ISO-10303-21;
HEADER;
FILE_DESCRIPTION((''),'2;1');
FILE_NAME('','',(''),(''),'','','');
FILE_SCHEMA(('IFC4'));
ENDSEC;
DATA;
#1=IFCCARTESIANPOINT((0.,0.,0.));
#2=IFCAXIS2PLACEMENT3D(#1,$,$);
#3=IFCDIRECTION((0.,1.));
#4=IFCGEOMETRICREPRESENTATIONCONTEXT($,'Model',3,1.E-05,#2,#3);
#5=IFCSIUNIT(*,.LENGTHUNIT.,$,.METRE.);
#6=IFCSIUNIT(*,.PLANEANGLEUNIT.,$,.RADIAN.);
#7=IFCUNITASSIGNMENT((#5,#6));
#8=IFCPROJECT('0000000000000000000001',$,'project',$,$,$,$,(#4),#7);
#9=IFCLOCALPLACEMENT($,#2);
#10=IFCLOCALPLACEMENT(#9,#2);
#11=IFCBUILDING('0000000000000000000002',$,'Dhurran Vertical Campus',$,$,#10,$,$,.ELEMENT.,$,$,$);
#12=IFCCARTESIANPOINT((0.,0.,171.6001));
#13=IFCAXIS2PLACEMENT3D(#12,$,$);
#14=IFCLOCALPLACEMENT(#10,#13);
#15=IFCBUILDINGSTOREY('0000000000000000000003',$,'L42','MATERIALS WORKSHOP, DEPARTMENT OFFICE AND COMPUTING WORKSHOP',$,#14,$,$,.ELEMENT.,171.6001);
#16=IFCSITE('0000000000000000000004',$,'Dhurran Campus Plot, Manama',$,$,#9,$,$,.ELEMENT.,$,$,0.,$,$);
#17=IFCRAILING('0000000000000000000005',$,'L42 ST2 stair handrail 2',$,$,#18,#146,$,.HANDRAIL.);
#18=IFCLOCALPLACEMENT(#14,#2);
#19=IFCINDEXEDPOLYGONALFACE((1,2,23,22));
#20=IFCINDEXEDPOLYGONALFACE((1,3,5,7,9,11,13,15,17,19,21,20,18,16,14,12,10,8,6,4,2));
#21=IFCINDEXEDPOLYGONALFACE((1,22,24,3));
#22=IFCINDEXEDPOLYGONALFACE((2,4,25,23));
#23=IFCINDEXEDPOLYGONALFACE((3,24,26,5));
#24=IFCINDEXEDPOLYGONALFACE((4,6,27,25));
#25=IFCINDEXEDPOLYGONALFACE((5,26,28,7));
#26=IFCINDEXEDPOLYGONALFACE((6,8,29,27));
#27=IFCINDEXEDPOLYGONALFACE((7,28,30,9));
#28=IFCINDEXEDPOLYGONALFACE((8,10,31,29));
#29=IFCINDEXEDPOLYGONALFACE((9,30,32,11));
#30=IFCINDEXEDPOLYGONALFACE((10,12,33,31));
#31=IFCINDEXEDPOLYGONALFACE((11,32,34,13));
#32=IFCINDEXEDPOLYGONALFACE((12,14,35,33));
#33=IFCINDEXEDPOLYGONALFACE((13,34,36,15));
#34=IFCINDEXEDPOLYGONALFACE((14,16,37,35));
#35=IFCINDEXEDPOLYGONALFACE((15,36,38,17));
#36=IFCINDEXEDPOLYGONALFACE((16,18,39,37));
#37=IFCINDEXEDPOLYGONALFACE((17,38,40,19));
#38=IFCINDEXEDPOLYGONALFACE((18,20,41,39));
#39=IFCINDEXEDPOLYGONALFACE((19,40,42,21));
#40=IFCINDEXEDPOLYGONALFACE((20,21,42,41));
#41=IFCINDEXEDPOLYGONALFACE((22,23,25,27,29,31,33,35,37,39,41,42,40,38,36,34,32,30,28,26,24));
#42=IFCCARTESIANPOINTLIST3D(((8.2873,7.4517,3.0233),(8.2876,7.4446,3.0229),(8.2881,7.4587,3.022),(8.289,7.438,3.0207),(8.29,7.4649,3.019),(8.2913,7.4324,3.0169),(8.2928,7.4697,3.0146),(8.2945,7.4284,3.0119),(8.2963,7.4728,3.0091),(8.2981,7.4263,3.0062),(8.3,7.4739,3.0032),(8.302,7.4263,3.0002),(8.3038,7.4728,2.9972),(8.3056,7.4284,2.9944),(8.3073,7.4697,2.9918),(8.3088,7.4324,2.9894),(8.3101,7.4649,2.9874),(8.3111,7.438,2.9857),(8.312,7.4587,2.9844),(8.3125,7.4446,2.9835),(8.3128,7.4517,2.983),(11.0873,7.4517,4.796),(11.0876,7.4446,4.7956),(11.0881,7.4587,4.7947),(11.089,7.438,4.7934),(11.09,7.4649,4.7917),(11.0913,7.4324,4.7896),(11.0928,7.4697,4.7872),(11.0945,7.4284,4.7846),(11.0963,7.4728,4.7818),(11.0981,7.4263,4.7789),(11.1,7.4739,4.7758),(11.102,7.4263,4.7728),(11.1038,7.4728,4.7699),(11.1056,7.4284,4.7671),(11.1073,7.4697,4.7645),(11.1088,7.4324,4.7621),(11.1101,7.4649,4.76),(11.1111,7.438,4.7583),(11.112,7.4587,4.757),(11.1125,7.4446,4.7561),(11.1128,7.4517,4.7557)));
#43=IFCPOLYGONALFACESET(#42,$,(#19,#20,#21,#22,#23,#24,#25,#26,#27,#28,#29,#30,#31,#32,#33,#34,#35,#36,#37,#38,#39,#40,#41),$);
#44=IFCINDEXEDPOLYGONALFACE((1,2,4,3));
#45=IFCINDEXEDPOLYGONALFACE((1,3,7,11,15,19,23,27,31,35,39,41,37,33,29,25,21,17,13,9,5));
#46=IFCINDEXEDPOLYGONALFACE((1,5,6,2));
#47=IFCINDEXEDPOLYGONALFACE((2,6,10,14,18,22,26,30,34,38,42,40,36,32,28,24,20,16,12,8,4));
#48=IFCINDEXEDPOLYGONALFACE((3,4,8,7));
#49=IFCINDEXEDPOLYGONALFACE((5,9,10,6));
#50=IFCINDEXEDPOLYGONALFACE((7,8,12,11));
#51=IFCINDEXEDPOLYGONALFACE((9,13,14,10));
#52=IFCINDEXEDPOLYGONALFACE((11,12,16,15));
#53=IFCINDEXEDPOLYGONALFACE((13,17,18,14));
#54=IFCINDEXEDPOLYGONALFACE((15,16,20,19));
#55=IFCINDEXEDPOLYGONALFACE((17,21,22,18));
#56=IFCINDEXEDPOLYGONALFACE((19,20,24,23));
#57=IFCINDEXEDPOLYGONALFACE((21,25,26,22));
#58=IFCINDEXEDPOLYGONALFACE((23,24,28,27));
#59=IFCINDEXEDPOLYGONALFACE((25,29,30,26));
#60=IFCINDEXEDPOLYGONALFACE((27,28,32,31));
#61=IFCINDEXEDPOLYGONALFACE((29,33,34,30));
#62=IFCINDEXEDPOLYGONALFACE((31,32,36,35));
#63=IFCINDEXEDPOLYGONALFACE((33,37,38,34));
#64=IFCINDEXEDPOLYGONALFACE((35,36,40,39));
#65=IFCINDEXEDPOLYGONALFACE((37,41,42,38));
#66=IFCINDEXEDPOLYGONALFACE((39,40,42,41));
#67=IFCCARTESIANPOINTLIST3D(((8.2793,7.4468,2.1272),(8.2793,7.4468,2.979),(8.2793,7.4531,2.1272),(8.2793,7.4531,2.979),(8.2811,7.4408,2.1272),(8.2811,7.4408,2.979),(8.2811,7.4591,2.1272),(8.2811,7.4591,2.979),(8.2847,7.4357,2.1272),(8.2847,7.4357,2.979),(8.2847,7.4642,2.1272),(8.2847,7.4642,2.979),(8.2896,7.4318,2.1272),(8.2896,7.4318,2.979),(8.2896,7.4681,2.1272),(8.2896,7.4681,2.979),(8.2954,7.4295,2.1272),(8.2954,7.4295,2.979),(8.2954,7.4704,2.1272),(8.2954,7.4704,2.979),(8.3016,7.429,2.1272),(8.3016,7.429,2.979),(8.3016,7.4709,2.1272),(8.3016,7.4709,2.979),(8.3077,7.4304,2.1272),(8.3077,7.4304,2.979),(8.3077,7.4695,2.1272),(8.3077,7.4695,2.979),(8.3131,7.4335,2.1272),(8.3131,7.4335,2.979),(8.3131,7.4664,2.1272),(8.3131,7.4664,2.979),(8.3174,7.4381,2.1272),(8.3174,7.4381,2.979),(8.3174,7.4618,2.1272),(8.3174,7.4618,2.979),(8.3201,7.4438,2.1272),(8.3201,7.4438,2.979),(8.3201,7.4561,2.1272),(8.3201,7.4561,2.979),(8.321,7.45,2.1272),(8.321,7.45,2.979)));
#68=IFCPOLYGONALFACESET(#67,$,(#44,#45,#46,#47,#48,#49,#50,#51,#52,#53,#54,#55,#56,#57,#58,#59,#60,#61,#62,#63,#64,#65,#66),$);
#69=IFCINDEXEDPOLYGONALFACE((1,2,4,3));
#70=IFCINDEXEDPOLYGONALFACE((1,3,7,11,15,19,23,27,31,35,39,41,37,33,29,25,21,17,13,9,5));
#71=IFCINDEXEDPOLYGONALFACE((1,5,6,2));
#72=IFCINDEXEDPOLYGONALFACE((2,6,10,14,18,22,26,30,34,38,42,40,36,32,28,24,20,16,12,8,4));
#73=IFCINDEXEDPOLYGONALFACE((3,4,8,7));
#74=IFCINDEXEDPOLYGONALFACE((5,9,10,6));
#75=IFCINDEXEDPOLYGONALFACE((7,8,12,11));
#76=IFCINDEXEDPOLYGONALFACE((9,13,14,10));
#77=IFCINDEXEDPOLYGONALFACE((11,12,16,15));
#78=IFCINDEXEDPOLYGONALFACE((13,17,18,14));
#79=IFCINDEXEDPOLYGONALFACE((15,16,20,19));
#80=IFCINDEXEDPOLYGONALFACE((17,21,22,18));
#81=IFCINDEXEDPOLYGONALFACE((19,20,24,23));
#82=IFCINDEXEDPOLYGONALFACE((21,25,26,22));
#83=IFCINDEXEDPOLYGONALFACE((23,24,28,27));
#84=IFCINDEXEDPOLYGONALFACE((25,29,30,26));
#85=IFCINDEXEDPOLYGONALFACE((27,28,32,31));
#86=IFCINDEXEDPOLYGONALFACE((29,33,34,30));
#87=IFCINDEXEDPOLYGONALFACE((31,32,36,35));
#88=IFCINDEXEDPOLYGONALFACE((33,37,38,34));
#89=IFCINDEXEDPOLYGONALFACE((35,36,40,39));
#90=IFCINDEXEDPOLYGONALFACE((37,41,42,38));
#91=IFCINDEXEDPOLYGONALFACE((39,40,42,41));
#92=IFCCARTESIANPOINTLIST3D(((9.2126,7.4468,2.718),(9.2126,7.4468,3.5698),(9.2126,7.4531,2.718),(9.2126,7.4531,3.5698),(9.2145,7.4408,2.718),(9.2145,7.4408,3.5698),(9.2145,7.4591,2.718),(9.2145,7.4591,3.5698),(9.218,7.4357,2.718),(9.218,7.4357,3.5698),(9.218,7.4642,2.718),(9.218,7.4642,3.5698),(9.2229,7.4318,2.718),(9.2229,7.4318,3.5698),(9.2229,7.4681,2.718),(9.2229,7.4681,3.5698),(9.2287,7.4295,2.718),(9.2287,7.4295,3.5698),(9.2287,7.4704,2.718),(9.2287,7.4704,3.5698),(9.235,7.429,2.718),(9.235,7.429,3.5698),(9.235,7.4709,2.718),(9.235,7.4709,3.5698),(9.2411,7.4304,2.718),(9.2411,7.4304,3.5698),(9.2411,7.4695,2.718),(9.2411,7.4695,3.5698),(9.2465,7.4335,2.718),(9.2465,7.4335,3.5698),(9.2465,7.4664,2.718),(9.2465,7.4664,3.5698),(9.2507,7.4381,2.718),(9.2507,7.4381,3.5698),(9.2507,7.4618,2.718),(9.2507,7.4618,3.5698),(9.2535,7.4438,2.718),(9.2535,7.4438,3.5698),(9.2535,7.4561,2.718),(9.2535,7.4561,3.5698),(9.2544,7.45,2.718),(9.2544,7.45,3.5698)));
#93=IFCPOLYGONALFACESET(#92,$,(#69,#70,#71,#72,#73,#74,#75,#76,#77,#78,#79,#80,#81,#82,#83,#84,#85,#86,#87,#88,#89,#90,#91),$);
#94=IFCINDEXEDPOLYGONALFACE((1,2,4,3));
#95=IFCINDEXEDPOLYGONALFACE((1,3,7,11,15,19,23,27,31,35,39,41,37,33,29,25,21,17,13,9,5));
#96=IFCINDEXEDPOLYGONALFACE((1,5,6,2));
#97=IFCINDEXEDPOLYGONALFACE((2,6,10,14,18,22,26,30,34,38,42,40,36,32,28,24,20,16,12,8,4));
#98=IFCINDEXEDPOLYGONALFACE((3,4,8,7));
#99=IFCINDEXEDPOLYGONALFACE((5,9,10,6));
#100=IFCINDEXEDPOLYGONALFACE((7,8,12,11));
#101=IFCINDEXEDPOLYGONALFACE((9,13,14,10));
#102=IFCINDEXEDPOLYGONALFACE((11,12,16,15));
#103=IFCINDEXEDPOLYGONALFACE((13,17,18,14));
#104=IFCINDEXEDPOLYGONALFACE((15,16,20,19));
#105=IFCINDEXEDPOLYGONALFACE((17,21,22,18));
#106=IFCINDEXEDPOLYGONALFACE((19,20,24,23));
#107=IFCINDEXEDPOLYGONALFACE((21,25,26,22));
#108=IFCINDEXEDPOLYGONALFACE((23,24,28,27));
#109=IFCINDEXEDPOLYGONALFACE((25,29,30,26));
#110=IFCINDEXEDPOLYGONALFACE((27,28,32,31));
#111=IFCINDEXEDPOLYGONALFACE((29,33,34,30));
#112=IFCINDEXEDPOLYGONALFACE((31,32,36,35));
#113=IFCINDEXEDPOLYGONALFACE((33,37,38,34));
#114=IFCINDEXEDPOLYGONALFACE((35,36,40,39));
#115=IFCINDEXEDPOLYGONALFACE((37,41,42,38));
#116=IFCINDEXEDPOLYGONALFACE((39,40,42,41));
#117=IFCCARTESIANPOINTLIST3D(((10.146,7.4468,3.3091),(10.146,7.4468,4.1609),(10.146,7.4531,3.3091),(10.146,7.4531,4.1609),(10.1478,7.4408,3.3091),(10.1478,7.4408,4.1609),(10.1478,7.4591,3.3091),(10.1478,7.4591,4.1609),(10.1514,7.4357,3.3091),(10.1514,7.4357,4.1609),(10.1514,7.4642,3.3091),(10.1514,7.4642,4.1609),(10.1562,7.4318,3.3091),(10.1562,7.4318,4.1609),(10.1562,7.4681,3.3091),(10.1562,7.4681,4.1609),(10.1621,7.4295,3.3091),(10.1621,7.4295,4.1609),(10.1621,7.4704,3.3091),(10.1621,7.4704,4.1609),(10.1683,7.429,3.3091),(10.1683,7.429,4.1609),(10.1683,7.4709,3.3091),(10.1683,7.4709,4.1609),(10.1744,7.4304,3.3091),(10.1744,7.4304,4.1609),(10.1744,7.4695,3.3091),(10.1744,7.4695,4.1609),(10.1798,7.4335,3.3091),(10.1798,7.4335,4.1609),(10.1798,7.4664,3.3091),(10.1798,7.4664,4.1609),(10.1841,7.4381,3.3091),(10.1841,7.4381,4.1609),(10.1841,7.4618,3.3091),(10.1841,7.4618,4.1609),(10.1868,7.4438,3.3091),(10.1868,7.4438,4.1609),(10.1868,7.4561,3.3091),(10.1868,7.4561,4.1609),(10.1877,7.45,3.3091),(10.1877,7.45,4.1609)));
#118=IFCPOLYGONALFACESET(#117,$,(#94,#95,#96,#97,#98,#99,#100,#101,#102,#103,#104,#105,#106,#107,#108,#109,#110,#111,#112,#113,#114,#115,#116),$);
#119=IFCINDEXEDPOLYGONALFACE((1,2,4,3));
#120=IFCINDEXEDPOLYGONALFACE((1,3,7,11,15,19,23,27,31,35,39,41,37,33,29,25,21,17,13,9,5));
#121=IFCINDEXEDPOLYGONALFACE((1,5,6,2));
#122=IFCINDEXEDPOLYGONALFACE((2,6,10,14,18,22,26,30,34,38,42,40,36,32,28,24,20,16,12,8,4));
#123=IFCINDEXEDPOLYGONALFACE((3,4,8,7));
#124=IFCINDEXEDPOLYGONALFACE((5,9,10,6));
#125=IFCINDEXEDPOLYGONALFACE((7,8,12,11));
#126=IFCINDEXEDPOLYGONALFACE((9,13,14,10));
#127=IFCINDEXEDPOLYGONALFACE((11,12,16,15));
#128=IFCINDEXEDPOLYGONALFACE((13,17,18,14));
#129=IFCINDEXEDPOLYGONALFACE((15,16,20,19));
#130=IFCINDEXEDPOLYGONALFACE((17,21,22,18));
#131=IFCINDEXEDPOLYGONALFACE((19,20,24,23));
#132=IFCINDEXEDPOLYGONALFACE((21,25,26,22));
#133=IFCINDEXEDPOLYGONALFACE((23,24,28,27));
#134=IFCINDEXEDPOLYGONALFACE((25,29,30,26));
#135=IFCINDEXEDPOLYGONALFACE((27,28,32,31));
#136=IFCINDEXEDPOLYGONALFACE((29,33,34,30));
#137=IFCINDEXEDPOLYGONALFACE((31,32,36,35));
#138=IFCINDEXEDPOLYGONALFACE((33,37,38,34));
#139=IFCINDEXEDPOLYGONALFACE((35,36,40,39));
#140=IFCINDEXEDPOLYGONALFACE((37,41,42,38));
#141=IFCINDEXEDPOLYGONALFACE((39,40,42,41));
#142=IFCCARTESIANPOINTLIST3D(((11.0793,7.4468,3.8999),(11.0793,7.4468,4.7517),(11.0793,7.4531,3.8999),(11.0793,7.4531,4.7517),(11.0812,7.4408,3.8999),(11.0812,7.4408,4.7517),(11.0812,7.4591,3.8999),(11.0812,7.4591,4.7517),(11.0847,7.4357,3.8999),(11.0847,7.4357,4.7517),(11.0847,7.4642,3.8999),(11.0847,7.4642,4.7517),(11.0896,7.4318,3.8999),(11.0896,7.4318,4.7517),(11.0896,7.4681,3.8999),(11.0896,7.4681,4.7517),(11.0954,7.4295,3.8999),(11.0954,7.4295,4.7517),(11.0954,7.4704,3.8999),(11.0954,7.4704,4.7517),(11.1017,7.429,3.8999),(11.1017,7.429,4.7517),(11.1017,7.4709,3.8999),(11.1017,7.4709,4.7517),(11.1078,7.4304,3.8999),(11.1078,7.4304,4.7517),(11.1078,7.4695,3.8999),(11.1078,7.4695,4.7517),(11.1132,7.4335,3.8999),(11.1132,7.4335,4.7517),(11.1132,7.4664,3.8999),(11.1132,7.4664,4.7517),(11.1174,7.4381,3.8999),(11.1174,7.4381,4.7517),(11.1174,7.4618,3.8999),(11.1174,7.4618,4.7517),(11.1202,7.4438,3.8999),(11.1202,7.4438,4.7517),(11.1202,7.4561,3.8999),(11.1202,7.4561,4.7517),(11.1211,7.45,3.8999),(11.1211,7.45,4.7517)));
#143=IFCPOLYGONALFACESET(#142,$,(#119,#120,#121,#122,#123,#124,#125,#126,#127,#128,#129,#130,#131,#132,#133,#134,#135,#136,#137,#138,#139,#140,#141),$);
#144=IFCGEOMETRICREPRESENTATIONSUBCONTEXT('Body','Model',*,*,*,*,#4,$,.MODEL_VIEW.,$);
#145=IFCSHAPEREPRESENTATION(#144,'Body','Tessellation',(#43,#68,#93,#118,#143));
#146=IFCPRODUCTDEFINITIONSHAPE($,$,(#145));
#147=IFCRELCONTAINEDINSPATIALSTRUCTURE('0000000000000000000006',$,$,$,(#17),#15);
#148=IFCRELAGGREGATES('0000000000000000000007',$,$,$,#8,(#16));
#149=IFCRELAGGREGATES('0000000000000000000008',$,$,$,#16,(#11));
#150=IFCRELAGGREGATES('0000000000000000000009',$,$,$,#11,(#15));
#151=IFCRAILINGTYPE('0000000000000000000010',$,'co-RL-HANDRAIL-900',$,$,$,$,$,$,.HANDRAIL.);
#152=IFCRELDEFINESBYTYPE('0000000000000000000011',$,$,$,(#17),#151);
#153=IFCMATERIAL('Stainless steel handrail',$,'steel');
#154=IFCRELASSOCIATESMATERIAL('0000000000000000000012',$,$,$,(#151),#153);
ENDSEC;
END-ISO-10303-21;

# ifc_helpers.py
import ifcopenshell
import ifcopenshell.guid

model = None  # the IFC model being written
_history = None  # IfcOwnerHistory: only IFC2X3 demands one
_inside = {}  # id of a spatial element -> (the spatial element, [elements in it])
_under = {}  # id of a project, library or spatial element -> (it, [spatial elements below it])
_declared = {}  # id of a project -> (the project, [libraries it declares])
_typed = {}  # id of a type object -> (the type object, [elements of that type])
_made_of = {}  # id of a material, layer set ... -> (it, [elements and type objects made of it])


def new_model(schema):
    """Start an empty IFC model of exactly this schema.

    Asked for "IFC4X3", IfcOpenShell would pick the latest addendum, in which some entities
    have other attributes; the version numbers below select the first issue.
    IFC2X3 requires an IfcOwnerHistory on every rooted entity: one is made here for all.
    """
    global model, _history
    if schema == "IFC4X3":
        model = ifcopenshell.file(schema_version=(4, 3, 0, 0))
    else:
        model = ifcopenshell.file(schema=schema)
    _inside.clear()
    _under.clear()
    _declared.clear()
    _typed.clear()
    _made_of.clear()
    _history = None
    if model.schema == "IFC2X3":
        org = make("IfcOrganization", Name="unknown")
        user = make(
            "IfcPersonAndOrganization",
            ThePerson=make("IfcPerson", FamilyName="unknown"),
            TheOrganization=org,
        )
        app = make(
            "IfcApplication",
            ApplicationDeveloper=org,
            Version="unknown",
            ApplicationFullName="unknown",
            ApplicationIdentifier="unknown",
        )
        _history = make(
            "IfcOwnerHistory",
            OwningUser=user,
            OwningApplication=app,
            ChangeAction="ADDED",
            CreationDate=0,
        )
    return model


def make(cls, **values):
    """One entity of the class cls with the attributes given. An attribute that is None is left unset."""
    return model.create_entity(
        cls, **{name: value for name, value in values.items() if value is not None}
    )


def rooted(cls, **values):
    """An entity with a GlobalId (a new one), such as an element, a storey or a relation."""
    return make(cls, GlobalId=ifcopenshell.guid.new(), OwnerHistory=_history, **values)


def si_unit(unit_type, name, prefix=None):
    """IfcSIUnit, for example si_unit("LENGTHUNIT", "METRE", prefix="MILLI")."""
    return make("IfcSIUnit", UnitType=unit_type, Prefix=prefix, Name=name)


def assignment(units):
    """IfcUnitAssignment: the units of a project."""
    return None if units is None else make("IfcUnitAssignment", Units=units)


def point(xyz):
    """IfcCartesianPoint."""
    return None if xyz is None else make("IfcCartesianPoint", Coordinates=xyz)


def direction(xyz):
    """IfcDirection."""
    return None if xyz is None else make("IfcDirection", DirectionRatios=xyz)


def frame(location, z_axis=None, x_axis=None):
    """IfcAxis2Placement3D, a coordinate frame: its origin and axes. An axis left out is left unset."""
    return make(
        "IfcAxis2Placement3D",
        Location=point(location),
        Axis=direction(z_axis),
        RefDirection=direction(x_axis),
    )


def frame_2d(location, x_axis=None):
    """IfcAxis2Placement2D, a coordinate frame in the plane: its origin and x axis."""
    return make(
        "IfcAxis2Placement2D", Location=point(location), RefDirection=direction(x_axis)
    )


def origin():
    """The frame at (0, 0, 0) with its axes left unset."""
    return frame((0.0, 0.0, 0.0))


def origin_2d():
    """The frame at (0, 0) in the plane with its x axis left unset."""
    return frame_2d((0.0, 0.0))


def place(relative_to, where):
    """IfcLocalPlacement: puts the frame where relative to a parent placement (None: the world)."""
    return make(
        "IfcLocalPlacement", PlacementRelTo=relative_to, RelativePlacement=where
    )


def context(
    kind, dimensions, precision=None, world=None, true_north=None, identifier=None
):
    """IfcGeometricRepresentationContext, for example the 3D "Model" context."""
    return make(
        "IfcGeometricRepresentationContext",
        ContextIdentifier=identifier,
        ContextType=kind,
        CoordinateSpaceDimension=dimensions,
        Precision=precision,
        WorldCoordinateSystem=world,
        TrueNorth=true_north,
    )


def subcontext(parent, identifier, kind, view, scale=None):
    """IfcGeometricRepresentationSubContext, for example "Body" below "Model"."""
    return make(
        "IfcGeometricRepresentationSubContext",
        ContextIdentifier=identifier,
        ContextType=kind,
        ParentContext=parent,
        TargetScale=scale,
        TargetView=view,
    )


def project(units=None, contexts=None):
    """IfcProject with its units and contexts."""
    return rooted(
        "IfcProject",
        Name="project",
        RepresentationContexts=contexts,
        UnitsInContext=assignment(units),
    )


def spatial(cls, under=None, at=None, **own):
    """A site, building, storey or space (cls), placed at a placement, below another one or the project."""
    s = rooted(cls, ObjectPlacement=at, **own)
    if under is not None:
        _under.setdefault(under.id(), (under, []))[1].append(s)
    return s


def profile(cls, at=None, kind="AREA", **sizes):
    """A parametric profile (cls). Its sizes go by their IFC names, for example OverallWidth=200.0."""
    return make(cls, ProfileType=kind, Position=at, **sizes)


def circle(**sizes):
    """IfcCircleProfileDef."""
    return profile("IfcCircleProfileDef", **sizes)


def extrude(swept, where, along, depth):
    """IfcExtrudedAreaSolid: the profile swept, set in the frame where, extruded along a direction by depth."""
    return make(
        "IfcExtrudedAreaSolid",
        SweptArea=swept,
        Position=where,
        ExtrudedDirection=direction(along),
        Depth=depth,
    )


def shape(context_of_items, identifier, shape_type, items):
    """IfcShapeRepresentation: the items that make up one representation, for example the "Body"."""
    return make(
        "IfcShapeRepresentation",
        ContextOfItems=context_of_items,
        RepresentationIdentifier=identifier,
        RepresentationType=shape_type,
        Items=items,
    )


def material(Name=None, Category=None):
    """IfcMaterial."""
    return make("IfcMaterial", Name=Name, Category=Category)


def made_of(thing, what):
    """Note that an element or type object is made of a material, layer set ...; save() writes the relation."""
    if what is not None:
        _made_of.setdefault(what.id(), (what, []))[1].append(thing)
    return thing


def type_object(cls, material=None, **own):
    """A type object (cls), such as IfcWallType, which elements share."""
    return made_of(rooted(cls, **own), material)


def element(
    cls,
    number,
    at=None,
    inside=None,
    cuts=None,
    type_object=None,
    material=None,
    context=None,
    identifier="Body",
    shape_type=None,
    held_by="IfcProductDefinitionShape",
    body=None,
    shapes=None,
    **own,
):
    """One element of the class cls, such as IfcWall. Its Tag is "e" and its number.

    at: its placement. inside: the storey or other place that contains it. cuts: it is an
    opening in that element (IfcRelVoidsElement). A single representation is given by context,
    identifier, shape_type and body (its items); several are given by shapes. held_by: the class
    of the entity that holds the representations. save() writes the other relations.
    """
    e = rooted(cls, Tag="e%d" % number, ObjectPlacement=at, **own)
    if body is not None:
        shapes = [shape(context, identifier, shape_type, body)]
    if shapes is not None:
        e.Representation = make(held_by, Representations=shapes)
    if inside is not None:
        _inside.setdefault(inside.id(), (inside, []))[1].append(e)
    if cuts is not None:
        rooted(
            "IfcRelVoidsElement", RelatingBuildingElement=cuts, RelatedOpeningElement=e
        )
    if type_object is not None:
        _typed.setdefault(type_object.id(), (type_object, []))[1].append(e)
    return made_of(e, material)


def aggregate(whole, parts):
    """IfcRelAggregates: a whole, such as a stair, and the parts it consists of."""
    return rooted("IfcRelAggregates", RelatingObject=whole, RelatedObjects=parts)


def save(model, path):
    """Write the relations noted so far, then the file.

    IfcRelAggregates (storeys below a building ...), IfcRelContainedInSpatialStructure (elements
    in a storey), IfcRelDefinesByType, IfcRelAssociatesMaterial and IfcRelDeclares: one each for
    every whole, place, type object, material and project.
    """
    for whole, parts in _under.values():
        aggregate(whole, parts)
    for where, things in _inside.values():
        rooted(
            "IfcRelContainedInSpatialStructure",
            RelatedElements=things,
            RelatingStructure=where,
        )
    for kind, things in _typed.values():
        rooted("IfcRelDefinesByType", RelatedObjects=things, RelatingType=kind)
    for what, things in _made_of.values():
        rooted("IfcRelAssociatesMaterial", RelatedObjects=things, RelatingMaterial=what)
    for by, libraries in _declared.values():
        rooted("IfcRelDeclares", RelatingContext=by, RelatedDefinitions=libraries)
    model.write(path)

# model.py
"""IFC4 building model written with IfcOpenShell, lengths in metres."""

from ifc_helpers import new_model, si_unit, direction, frame, origin, origin_2d, place, context, subcontext, project, spatial, circle, extrude, material, type_object, element, save


model = new_model("IFC4")

# Units and contexts
model_context = context("Model", 3, precision=1e-05, world=origin(), true_north=direction((0.0, 1.0)))
body_context = subcontext(model_context, "Body", "Model", "MODEL_VIEW")
ifc_project = project(units=[si_unit("LENGTHUNIT", "METRE"), si_unit("PLANEANGLEUNIT", "RADIAN")], contexts=[model_context])

# Site, building, storey
site_placement = place(None, origin())
site = spatial("IfcSite", under=ifc_project, at=site_placement, Name="Dhurran Campus Plot, Manama", CompositionType="ELEMENT", RefElevation=0.0)
building_placement = place(site_placement, origin())
building = spatial("IfcBuilding", under=site, at=building_placement, Name="Dhurran Vertical Campus", CompositionType="ELEMENT")
storey_placement = place(building_placement, frame((0.0, 0.0, 171.6001)))
storey = spatial("IfcBuildingStorey", under=building, at=storey_placement, Name="L42", Description="MATERIALS WORKSHOP, DEPARTMENT OFFICE AND COMPUTING WORKSHOP", CompositionType="ELEMENT", Elevation=171.6001)

# Railing
ifc_material_1 = material(Name="Stainless steel handrail", Category="steel")
railing_type_1 = type_object("IfcRailingType", Name="co-RL-HANDRAIL-900", PredefinedType="HANDRAIL", material=ifc_material_1)
railing_1_placement = place(storey_placement, frame((8.3, 7.45, 2.1272)))
element("IfcRailing", 1, at=railing_1_placement, inside=storey, type_object=railing_type_1, Name="L42 ST2 stair handrail 2", PredefinedType="HANDRAIL", context=body_context, shape_type="SweptSolid", body=[
    extrude(circle(Radius=0.0239, at=origin_2d()), frame((0.0, 0.0, 0.876), z_axis=(0.844909, 0.0, 0.53491), x_axis=(0.0, 1.0, 0.0)), (0.0, 0.0, 1.0), 3.314),
    extrude(circle(Radius=0.021, at=origin_2d()), origin(), (0.0, 0.0, 1.0), 0.8518),
    extrude(circle(Radius=0.021, at=origin_2d()), frame((0.9333, 0.0, 0.5908)), (0.0, 0.0, 1.0), 0.8518),
    extrude(circle(Radius=0.021, at=origin_2d()), frame((1.8667, 0.0, 1.1819)), (0.0, 0.0, 1.0), 0.8518),
    extrude(circle(Radius=0.021, at=origin_2d()), frame((2.8, 0.0, 1.7727)), (0.0, 0.0, 1.0), 0.8518),
])

save(model, "model.ifc")
